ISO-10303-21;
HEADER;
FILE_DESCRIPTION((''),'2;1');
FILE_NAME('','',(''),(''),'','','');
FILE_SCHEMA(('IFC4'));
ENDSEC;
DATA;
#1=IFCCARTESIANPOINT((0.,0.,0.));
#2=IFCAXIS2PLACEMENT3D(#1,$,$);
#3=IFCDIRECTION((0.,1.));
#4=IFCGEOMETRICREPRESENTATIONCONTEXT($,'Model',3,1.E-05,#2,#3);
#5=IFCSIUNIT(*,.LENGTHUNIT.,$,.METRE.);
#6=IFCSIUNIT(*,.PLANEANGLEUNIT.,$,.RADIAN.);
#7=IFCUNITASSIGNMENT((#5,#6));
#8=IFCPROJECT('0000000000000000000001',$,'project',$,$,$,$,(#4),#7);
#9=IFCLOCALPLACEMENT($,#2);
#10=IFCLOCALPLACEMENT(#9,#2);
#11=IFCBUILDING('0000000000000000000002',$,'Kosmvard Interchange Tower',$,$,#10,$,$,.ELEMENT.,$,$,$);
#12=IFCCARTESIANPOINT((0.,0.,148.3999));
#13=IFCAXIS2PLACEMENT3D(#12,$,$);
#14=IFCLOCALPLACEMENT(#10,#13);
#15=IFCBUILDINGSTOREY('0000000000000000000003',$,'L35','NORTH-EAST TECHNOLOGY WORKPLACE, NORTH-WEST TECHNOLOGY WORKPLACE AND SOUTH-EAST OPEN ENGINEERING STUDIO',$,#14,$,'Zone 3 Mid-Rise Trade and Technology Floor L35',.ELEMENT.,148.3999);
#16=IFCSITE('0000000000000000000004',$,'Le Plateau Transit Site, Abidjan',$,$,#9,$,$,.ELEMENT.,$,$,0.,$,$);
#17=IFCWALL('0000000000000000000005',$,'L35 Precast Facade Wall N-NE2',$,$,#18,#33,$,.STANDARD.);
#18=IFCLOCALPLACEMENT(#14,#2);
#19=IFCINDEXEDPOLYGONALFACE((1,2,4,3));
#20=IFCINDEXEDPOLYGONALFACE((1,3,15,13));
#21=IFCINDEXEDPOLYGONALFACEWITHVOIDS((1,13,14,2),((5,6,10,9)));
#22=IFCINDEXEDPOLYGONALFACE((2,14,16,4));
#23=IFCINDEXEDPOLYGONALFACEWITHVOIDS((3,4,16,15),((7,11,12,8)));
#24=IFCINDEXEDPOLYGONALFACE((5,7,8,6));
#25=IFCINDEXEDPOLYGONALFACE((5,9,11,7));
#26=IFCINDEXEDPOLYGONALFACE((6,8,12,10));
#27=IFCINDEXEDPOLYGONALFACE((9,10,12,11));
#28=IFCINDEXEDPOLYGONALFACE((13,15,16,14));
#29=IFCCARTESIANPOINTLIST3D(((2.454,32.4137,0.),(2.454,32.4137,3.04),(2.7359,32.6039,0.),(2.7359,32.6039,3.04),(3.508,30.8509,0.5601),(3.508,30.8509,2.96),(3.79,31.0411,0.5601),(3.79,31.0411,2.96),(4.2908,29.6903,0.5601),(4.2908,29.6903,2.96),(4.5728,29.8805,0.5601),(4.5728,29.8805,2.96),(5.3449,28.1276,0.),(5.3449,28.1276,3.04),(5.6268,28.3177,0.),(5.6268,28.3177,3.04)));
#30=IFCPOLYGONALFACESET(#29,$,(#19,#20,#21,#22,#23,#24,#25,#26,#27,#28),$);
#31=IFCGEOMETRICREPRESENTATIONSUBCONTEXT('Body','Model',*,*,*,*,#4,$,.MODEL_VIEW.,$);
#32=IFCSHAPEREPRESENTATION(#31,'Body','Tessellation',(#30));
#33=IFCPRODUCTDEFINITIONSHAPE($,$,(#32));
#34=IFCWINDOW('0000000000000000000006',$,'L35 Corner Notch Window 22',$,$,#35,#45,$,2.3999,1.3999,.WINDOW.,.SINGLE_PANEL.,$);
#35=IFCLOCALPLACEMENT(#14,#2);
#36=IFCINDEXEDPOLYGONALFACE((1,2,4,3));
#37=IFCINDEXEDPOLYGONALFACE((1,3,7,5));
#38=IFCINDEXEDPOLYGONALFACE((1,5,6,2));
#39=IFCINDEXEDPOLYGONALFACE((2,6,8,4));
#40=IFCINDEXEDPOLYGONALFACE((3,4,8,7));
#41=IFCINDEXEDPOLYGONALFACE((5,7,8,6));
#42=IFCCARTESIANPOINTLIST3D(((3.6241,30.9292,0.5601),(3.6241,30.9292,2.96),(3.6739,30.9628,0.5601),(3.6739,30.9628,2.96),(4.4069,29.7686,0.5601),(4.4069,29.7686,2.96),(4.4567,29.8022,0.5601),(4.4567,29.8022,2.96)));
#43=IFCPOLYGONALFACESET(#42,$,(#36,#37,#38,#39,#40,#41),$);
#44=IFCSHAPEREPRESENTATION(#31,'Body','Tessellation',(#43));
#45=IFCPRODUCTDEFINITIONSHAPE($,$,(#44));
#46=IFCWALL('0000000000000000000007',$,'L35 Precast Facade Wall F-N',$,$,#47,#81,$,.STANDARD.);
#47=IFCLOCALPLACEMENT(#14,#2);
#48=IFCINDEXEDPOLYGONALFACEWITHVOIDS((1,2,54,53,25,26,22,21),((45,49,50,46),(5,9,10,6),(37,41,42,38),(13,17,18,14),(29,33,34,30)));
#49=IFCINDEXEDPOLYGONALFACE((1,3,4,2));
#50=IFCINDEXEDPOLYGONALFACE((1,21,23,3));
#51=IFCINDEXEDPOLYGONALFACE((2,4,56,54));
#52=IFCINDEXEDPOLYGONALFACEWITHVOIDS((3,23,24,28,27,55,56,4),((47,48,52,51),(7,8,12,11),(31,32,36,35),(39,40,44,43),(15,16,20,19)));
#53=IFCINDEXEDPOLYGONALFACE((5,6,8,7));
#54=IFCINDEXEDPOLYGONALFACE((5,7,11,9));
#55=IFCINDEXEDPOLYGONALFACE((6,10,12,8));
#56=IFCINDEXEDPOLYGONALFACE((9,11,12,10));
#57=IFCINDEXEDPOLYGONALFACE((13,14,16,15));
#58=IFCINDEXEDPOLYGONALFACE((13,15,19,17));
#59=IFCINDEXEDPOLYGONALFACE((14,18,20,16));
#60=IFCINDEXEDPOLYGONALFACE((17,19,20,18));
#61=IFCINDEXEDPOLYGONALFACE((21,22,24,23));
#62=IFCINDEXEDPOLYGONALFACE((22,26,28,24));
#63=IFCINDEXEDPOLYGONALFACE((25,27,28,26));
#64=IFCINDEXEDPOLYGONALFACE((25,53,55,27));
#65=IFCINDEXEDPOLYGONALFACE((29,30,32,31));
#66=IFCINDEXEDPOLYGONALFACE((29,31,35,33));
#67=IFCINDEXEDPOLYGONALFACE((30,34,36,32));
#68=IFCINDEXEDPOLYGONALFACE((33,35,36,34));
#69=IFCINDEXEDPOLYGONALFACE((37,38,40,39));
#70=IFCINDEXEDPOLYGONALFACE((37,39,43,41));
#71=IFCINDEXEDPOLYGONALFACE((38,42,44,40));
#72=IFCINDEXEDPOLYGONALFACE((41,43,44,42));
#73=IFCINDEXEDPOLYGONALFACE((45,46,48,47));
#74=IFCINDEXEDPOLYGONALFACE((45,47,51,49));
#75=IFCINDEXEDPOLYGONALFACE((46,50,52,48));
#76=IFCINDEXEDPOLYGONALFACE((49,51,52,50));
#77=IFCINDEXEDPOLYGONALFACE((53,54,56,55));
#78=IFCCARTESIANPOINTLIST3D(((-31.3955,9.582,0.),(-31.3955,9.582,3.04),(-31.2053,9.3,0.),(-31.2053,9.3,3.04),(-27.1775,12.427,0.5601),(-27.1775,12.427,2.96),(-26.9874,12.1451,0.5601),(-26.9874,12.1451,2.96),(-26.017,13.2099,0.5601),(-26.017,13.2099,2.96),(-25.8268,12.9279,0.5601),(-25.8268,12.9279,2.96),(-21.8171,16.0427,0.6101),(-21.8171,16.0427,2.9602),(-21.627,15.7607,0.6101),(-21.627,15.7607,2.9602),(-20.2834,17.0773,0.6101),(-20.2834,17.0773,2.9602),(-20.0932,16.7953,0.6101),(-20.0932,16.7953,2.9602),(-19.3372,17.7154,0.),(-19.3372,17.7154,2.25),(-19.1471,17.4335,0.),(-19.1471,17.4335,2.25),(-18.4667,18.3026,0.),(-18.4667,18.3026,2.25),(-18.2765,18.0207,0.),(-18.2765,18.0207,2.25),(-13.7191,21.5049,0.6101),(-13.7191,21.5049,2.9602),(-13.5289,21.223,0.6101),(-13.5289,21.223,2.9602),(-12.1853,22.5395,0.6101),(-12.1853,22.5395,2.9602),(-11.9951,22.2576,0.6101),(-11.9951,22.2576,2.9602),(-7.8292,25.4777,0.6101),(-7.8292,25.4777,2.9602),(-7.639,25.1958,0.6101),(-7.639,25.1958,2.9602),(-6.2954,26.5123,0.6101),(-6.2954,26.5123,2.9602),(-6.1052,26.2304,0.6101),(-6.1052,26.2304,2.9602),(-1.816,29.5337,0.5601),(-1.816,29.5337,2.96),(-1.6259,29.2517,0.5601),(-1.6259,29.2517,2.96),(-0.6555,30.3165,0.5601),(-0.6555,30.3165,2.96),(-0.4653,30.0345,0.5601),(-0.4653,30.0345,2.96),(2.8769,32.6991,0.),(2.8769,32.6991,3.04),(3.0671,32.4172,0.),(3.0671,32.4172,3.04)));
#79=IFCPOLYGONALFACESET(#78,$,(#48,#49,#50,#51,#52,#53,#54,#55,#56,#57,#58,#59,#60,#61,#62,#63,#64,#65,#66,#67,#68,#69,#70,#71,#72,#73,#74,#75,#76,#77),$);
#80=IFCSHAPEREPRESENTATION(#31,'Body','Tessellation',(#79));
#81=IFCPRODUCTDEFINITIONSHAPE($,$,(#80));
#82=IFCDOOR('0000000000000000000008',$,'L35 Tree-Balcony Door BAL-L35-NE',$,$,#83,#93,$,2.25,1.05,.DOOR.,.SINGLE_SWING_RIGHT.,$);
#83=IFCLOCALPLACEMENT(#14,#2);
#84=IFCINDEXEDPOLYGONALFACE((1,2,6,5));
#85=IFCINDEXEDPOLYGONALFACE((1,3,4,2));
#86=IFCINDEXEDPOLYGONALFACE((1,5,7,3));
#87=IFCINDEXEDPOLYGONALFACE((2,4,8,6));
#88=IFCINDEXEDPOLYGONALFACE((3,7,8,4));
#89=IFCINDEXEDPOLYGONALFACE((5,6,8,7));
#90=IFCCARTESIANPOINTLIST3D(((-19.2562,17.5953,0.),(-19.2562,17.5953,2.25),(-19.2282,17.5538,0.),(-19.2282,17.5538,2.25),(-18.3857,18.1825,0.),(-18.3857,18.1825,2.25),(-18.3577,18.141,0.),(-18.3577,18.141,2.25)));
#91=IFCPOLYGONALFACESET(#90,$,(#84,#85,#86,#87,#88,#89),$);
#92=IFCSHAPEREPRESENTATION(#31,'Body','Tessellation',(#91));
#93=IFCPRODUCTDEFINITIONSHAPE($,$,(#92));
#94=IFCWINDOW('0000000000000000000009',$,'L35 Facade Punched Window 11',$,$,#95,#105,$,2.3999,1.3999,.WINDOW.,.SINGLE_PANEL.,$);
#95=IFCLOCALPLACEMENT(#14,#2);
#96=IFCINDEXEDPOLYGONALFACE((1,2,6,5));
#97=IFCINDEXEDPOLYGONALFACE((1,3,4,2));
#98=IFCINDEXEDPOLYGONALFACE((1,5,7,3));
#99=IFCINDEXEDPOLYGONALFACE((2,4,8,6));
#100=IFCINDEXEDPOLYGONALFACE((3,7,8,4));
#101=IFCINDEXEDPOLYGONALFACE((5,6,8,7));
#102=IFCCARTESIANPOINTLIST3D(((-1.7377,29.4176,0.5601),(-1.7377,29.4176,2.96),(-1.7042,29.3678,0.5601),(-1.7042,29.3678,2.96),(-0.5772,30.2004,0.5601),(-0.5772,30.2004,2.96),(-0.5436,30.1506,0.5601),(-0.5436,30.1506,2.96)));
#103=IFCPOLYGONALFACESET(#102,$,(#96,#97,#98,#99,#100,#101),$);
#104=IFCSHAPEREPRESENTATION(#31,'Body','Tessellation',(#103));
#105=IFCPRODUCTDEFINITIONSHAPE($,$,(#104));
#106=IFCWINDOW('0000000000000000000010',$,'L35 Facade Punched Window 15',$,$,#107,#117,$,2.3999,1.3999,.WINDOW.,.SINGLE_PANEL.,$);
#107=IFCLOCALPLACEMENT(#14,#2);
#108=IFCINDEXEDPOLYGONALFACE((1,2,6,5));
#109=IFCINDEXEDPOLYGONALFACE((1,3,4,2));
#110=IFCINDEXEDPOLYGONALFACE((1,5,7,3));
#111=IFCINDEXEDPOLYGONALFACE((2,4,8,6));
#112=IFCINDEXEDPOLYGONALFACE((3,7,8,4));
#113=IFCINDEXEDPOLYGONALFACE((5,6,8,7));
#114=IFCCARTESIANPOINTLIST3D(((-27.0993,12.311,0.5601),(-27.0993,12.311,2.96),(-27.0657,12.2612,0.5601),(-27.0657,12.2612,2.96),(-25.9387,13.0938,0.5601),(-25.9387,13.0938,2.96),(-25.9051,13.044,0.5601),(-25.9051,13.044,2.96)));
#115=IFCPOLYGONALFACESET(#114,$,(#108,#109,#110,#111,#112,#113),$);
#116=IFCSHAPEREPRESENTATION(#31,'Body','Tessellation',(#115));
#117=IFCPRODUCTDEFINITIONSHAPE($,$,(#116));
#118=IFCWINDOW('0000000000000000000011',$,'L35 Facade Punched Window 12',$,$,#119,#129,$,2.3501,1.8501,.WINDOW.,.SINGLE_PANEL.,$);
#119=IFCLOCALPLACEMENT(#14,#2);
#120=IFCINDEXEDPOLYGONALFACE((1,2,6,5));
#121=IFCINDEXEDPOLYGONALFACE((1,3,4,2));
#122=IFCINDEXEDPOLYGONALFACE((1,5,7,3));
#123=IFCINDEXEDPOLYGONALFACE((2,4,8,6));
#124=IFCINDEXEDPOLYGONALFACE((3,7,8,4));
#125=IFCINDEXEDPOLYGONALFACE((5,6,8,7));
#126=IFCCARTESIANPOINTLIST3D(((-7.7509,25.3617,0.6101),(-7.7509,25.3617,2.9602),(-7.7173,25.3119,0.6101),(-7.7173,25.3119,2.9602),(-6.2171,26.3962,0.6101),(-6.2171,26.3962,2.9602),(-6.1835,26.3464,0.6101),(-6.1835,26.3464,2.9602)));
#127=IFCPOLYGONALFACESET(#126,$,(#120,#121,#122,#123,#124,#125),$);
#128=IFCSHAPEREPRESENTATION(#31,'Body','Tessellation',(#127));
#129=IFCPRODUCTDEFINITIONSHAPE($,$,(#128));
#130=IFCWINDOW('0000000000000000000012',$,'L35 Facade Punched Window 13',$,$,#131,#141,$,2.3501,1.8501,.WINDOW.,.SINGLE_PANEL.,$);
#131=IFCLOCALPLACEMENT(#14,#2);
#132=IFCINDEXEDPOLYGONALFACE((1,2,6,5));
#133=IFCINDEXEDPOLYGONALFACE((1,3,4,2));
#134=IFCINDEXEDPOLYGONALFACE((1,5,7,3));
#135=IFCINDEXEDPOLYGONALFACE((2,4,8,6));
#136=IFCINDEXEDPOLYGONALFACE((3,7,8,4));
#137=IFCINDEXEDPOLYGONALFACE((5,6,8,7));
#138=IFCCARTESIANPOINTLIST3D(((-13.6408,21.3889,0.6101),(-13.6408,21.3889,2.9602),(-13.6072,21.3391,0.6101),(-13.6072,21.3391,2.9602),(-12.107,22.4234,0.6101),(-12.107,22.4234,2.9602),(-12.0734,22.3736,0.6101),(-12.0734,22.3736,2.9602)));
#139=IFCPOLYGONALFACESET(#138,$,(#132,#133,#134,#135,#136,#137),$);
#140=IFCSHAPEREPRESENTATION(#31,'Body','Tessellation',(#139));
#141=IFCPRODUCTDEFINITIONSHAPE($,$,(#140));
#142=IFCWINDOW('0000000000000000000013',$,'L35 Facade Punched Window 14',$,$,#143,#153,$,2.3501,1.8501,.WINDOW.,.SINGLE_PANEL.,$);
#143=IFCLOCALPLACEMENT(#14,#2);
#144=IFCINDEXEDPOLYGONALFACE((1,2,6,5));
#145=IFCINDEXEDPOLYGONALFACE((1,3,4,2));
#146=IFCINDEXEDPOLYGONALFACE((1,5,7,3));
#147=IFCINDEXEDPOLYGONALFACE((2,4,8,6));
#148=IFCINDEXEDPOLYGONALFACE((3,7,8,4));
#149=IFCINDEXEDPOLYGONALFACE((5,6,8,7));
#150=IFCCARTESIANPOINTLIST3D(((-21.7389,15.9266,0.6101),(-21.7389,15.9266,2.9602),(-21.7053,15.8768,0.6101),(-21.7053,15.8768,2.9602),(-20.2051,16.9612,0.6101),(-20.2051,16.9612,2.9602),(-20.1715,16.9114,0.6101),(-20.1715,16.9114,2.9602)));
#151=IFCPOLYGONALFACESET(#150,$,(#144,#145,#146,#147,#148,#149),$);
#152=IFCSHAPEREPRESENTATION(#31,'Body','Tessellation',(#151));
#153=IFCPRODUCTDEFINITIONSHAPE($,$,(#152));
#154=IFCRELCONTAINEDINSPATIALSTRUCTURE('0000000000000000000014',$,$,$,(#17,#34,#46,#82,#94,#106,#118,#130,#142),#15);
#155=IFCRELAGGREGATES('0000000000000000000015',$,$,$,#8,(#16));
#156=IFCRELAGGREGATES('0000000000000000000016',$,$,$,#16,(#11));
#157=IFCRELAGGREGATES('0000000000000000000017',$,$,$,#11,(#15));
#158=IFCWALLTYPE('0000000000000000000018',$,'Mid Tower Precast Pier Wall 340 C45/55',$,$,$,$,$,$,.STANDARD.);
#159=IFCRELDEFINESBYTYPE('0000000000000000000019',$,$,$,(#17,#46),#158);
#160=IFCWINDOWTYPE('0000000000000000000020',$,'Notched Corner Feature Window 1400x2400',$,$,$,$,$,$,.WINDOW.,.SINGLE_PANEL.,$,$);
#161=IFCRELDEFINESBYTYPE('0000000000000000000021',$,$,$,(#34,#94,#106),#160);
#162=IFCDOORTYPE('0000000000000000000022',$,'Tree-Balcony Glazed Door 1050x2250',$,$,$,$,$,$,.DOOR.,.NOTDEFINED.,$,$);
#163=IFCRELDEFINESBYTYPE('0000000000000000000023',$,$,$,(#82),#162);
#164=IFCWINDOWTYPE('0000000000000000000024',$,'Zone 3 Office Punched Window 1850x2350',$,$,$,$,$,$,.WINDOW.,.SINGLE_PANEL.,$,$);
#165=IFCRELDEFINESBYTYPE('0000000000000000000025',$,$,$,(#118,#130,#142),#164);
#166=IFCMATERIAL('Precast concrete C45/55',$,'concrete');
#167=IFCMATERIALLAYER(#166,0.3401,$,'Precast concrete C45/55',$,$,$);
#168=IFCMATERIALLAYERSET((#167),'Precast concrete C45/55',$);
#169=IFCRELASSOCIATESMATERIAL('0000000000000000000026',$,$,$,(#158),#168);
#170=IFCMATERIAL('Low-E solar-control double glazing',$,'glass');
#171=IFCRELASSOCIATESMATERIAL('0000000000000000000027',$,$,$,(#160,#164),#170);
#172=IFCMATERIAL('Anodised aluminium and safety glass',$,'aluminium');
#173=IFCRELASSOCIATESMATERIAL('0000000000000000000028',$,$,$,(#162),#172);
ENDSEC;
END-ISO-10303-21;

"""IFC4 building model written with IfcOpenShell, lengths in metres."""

from ifc_helpers import new_model, si_unit, direction, frame, frame_2d, origin, place, context, subcontext, project, spatial, rectangle, extrude, source, transform, mapped, material, layer, layer_set, type_object, element, fill, save


model = new_model("IFC4")

# Units and contexts
model_context = context("Model", 3, precision=1e-05, world=origin(), true_north=direction((0.0, 1.0)))
body_context = subcontext(model_context, "Body", "Model", "MODEL_VIEW")
ifc_project = project(units=[si_unit("LENGTHUNIT", "METRE"), si_unit("PLANEANGLEUNIT", "RADIAN")], contexts=[model_context])

# Site, building, storey
site_placement = place(None, origin())
site = spatial("IfcSite", under=ifc_project, at=site_placement, Name="Le Plateau Transit Site, Abidjan", CompositionType="ELEMENT", RefElevation=0.0)
building_placement = place(site_placement, origin())
building = spatial("IfcBuilding", under=site, at=building_placement, Name="Kosmvard Interchange Tower", CompositionType="ELEMENT")
storey_placement = place(building_placement, frame((0.0, 0.0, 148.3999)))
storey = spatial("IfcBuildingStorey", under=building, at=storey_placement, Name="L35", Description="NORTH-EAST TECHNOLOGY WORKPLACE, NORTH-WEST TECHNOLOGY WORKPLACE AND SOUTH-EAST OPEN ENGINEERING STUDIO", LongName="Zone 3 Mid-Rise Trade and Technology Floor L35", CompositionType="ELEMENT", Elevation=148.3999)

# Shared definitions
ifc_material_1 = material(Name="Precast concrete C45/55", Category="concrete")

# Shared definitions
ifc_layer_1 = layer(ifc_material_1, 0.3401, Name="Precast concrete C45/55")
ifc_layer_set_1 = layer_set([ifc_layer_1], Name="Precast concrete C45/55")
wall_type = type_object("IfcWallType", Name="Mid Tower Precast Pier Wall 340 C45/55", PredefinedType="STANDARD", material=ifc_layer_set_1)

# Wall, opening, window
wall_1_placement = place(storey_placement, frame((5.4858, 28.2227, 0.0), z_axis=(0.0, 0.0, 1.0), x_axis=(-0.559171, 0.829052, 0.0)))
wall_1 = element("IfcWall", 1, at=wall_1_placement, inside=storey, type_object=wall_type, Name="L35 Precast Facade Wall N-NE2", PredefinedType="STANDARD", context=body_context, shape_type="SweptSolid", body=[
    extrude(rectangle(XDim=5.1699, YDim=0.3401, at=frame_2d((2.585, 0.0))), origin(), (0.0, 0.0, 1.0), 3.04),
])
opening_1_placement = place(wall_1_placement, frame((1.885, 0.0, 0.5601)))
opening_1 = element("IfcOpeningElement", 2, at=opening_1_placement, cuts=wall_1, PredefinedType="OPENING", context=body_context, shape_type="SweptSolid", body=[
    extrude(rectangle(XDim=1.3999, YDim=2.3999, at=frame_2d((0.7, 1.2))), frame((0.0, 0.1802, 0.0), z_axis=(0.0, -1.0, 0.0), x_axis=(1.0, 0.0, 0.0)), (0.0, 0.0, 1.0), 0.3601),
])
ifc_material_2 = material(Name="Low-E solar-control double glazing", Category="glass")
window_type_1 = type_object("IfcWindowType", Name="Notched Corner Feature Window 1400x2400", PartitioningType="SINGLE_PANEL", PredefinedType="WINDOW", material=ifc_material_2)
shared_shape_1 = source(origin(), body_context, "Body", "SweptSolid", [
    extrude(rectangle(XDim=1.3999, YDim=2.3999, at=frame_2d((0.7, 1.2))), frame((0.0, 0.03, 0.0), z_axis=(0.0, -1.0, 0.0), x_axis=(1.0, 0.0, 0.0)), (0.0, 0.0, 1.0), 0.0601),
])
window_1_placement = place(opening_1_placement, origin())
window_1 = element("IfcWindow", 3, at=window_1_placement, inside=storey, type_object=window_type_1, Name="L35 Corner Notch Window 22", OverallHeight=2.3999, OverallWidth=1.3999, PartitioningType="SINGLE_PANEL", PredefinedType="WINDOW", context=body_context, shape_type="MappedRepresentation", body=[
    mapped(shared_shape_1, transform((0.0, 0.0, 0.0), scale=1.0)),
])
fill(opening_1, window_1)

# Wall, openings, door, windows
wall_2_placement = place(storey_placement, frame((2.9719, 32.5581, 0.0), z_axis=(0.0, 0.0, 1.0), x_axis=(-0.829036, -0.559195, 0.0)))
wall_2 = element("IfcWall", 4, at=wall_2_placement, inside=storey, type_object=wall_type, Name="L35 Precast Facade Wall F-N", PredefinedType="STANDARD", context=body_context, shape_type="SweptSolid", body=[
    extrude(rectangle(XDim=41.3401, YDim=0.3401, at=frame_2d((20.6699, 0.0))), origin(), (0.0, 0.0, 1.0), 3.04),
])
opening_2_placement = place(wall_2_placement, frame((25.7451, 0.0, 0.0)))
opening_2 = element("IfcOpeningElement", 5, at=opening_2_placement, cuts=wall_2, PredefinedType="OPENING", context=body_context, shape_type="SweptSolid", body=[
    extrude(rectangle(XDim=1.05, YDim=2.25, at=frame_2d((0.5249, 1.125))), frame((0.0, 0.1802, 0.0), z_axis=(0.0, -1.0, 0.0), x_axis=(1.0, 0.0, 0.0)), (0.0, 0.0, 1.0), 0.3601),
])
opening_3_placement = place(wall_2_placement, frame((4.2607, 0.0, 0.5601)))
opening_3 = element("IfcOpeningElement", 6, at=opening_3_placement, cuts=wall_2, PredefinedType="OPENING", context=body_context, shape_type="SweptSolid", body=[
    extrude(rectangle(XDim=1.3999, YDim=2.3999, at=frame_2d((0.7, 1.2))), frame((0.0, 0.1802, 0.0), z_axis=(0.0, -1.0, 0.0), x_axis=(1.0, 0.0, 0.0)), (0.0, 0.0, 1.0), 0.3601),
])
opening_4_placement = place(wall_2_placement, frame((11.0637, 0.0, 0.6101)))
opening_4 = element("IfcOpeningElement", 7, at=opening_4_placement, cuts=wall_2, PredefinedType="OPENING", context=body_context, shape_type="SweptSolid", body=[
    extrude(rectangle(XDim=1.8501, YDim=2.3501, at=frame_2d((0.925, 1.175))), frame((0.0, 0.1802, 0.0), z_axis=(0.0, -1.0, 0.0), x_axis=(1.0, 0.0, 0.0)), (0.0, 0.0, 1.0), 0.3601),
])
opening_5_placement = place(wall_2_placement, frame((18.1682, 0.0, 0.6101)))
opening_5 = element("IfcOpeningElement", 8, at=opening_5_placement, cuts=wall_2, PredefinedType="OPENING", context=body_context, shape_type="SweptSolid", body=[
    extrude(rectangle(XDim=1.8501, YDim=2.3501, at=frame_2d((0.925, 1.175))), frame((0.0, 0.1802, 0.0), z_axis=(0.0, -1.0, 0.0), x_axis=(1.0, 0.0, 0.0)), (0.0, 0.0, 1.0), 0.3601),
])
opening_6_placement = place(wall_2_placement, frame((27.9363, 0.0, 0.6101)))
opening_6 = element("IfcOpeningElement", 9, at=opening_6_placement, cuts=wall_2, PredefinedType="OPENING", context=body_context, shape_type="SweptSolid", body=[
    extrude(rectangle(XDim=1.8501, YDim=2.3501, at=frame_2d((0.925, 1.175))), frame((0.0, 0.1802, 0.0), z_axis=(0.0, -1.0, 0.0), x_axis=(1.0, 0.0, 0.0)), (0.0, 0.0, 1.0), 0.3601),
])
opening_7_placement = place(wall_2_placement, frame((34.8523, 0.0, 0.5601)))
opening_7 = element("IfcOpeningElement", 10, at=opening_7_placement, cuts=wall_2, PredefinedType="OPENING", context=body_context, shape_type="SweptSolid", body=[
    extrude(rectangle(XDim=1.3999, YDim=2.3999, at=frame_2d((0.7, 1.2))), frame((0.0, 0.1802, 0.0), z_axis=(0.0, -1.0, 0.0), x_axis=(1.0, 0.0, 0.0)), (0.0, 0.0, 1.0), 0.3601),
])
ifc_material_3 = material(Name="Anodised aluminium and safety glass", Category="aluminium")
door_type = type_object("IfcDoorType", Name="Tree-Balcony Glazed Door 1050x2250", OperationType="NOTDEFINED", PredefinedType="DOOR", material=ifc_material_3)
shared_shape_2 = source(origin(), body_context, "Body", "SweptSolid", [
    extrude(rectangle(XDim=1.05, YDim=2.25, at=frame_2d((0.5249, 1.125))), frame((0.0, 0.0249, 0.0), z_axis=(0.0, -1.0, 0.0), x_axis=(1.0, 0.0, 0.0)), (0.0, 0.0, 1.0), 0.05),
])
door_placement = place(opening_2_placement, origin())
door = element("IfcDoor", 11, at=door_placement, inside=storey, type_object=door_type, Name="L35 Tree-Balcony Door BAL-L35-NE", OperationType="SINGLE_SWING_RIGHT", OverallHeight=2.25, OverallWidth=1.05, PredefinedType="DOOR", context=body_context, shape_type="MappedRepresentation", body=[
    mapped(shared_shape_2, transform((0.0, 0.0, 0.0), scale=1.0)),
])
fill(opening_2, door)
window_2_placement = place(opening_3_placement, origin())
window_2 = element("IfcWindow", 12, at=window_2_placement, inside=storey, type_object=window_type_1, Name="L35 Facade Punched Window 11", OverallHeight=2.3999, OverallWidth=1.3999, PartitioningType="SINGLE_PANEL", PredefinedType="WINDOW", context=body_context, shape_type="MappedRepresentation", body=[
    mapped(shared_shape_1, transform((0.0, 0.0, 0.0), scale=1.0)),
])
fill(opening_3, window_2)
window_3_placement = place(opening_7_placement, origin())
window_3 = element("IfcWindow", 13, at=window_3_placement, inside=storey, type_object=window_type_1, Name="L35 Facade Punched Window 15", OverallHeight=2.3999, OverallWidth=1.3999, PartitioningType="SINGLE_PANEL", PredefinedType="WINDOW", context=body_context, shape_type="MappedRepresentation", body=[
    mapped(shared_shape_1, transform((0.0, 0.0, 0.0), scale=1.0)),
])
fill(opening_7, window_3)
window_type_2 = type_object("IfcWindowType", Name="Zone 3 Office Punched Window 1850x2350", PartitioningType="SINGLE_PANEL", PredefinedType="WINDOW", material=ifc_material_2)
shared_shape_3 = source(origin(), body_context, "Body", "SweptSolid", [
    extrude(rectangle(XDim=1.8501, YDim=2.3501, at=frame_2d((0.925, 1.175))), frame((0.0, 0.03, 0.0), z_axis=(0.0, -1.0, 0.0), x_axis=(1.0, 0.0, 0.0)), (0.0, 0.0, 1.0), 0.0601),
])
window_4_placement = place(opening_4_placement, origin())
window_4 = element("IfcWindow", 14, at=window_4_placement, inside=storey, type_object=window_type_2, Name="L35 Facade Punched Window 12", OverallHeight=2.3501, OverallWidth=1.8501, PartitioningType="SINGLE_PANEL", PredefinedType="WINDOW", context=body_context, shape_type="MappedRepresentation", body=[
    mapped(shared_shape_3, transform((0.0, 0.0, 0.0), scale=1.0)),
])
fill(opening_4, window_4)
window_5_placement = place(opening_5_placement, origin())
window_5 = element("IfcWindow", 15, at=window_5_placement, inside=storey, type_object=window_type_2, Name="L35 Facade Punched Window 13", OverallHeight=2.3501, OverallWidth=1.8501, PartitioningType="SINGLE_PANEL", PredefinedType="WINDOW", context=body_context, shape_type="MappedRepresentation", body=[
    mapped(shared_shape_3, transform((0.0, 0.0, 0.0), scale=1.0)),
])
fill(opening_5, window_5)
window_6_placement = place(opening_6_placement, origin())
window_6 = element("IfcWindow", 16, at=window_6_placement, inside=storey, type_object=window_type_2, Name="L35 Facade Punched Window 14", OverallHeight=2.3501, OverallWidth=1.8501, PartitioningType="SINGLE_PANEL", PredefinedType="WINDOW", context=body_context, shape_type="MappedRepresentation", body=[
    mapped(shared_shape_3, transform((0.0, 0.0, 0.0), scale=1.0)),
])
fill(opening_6, window_6)

save(model, "model.ifc")
